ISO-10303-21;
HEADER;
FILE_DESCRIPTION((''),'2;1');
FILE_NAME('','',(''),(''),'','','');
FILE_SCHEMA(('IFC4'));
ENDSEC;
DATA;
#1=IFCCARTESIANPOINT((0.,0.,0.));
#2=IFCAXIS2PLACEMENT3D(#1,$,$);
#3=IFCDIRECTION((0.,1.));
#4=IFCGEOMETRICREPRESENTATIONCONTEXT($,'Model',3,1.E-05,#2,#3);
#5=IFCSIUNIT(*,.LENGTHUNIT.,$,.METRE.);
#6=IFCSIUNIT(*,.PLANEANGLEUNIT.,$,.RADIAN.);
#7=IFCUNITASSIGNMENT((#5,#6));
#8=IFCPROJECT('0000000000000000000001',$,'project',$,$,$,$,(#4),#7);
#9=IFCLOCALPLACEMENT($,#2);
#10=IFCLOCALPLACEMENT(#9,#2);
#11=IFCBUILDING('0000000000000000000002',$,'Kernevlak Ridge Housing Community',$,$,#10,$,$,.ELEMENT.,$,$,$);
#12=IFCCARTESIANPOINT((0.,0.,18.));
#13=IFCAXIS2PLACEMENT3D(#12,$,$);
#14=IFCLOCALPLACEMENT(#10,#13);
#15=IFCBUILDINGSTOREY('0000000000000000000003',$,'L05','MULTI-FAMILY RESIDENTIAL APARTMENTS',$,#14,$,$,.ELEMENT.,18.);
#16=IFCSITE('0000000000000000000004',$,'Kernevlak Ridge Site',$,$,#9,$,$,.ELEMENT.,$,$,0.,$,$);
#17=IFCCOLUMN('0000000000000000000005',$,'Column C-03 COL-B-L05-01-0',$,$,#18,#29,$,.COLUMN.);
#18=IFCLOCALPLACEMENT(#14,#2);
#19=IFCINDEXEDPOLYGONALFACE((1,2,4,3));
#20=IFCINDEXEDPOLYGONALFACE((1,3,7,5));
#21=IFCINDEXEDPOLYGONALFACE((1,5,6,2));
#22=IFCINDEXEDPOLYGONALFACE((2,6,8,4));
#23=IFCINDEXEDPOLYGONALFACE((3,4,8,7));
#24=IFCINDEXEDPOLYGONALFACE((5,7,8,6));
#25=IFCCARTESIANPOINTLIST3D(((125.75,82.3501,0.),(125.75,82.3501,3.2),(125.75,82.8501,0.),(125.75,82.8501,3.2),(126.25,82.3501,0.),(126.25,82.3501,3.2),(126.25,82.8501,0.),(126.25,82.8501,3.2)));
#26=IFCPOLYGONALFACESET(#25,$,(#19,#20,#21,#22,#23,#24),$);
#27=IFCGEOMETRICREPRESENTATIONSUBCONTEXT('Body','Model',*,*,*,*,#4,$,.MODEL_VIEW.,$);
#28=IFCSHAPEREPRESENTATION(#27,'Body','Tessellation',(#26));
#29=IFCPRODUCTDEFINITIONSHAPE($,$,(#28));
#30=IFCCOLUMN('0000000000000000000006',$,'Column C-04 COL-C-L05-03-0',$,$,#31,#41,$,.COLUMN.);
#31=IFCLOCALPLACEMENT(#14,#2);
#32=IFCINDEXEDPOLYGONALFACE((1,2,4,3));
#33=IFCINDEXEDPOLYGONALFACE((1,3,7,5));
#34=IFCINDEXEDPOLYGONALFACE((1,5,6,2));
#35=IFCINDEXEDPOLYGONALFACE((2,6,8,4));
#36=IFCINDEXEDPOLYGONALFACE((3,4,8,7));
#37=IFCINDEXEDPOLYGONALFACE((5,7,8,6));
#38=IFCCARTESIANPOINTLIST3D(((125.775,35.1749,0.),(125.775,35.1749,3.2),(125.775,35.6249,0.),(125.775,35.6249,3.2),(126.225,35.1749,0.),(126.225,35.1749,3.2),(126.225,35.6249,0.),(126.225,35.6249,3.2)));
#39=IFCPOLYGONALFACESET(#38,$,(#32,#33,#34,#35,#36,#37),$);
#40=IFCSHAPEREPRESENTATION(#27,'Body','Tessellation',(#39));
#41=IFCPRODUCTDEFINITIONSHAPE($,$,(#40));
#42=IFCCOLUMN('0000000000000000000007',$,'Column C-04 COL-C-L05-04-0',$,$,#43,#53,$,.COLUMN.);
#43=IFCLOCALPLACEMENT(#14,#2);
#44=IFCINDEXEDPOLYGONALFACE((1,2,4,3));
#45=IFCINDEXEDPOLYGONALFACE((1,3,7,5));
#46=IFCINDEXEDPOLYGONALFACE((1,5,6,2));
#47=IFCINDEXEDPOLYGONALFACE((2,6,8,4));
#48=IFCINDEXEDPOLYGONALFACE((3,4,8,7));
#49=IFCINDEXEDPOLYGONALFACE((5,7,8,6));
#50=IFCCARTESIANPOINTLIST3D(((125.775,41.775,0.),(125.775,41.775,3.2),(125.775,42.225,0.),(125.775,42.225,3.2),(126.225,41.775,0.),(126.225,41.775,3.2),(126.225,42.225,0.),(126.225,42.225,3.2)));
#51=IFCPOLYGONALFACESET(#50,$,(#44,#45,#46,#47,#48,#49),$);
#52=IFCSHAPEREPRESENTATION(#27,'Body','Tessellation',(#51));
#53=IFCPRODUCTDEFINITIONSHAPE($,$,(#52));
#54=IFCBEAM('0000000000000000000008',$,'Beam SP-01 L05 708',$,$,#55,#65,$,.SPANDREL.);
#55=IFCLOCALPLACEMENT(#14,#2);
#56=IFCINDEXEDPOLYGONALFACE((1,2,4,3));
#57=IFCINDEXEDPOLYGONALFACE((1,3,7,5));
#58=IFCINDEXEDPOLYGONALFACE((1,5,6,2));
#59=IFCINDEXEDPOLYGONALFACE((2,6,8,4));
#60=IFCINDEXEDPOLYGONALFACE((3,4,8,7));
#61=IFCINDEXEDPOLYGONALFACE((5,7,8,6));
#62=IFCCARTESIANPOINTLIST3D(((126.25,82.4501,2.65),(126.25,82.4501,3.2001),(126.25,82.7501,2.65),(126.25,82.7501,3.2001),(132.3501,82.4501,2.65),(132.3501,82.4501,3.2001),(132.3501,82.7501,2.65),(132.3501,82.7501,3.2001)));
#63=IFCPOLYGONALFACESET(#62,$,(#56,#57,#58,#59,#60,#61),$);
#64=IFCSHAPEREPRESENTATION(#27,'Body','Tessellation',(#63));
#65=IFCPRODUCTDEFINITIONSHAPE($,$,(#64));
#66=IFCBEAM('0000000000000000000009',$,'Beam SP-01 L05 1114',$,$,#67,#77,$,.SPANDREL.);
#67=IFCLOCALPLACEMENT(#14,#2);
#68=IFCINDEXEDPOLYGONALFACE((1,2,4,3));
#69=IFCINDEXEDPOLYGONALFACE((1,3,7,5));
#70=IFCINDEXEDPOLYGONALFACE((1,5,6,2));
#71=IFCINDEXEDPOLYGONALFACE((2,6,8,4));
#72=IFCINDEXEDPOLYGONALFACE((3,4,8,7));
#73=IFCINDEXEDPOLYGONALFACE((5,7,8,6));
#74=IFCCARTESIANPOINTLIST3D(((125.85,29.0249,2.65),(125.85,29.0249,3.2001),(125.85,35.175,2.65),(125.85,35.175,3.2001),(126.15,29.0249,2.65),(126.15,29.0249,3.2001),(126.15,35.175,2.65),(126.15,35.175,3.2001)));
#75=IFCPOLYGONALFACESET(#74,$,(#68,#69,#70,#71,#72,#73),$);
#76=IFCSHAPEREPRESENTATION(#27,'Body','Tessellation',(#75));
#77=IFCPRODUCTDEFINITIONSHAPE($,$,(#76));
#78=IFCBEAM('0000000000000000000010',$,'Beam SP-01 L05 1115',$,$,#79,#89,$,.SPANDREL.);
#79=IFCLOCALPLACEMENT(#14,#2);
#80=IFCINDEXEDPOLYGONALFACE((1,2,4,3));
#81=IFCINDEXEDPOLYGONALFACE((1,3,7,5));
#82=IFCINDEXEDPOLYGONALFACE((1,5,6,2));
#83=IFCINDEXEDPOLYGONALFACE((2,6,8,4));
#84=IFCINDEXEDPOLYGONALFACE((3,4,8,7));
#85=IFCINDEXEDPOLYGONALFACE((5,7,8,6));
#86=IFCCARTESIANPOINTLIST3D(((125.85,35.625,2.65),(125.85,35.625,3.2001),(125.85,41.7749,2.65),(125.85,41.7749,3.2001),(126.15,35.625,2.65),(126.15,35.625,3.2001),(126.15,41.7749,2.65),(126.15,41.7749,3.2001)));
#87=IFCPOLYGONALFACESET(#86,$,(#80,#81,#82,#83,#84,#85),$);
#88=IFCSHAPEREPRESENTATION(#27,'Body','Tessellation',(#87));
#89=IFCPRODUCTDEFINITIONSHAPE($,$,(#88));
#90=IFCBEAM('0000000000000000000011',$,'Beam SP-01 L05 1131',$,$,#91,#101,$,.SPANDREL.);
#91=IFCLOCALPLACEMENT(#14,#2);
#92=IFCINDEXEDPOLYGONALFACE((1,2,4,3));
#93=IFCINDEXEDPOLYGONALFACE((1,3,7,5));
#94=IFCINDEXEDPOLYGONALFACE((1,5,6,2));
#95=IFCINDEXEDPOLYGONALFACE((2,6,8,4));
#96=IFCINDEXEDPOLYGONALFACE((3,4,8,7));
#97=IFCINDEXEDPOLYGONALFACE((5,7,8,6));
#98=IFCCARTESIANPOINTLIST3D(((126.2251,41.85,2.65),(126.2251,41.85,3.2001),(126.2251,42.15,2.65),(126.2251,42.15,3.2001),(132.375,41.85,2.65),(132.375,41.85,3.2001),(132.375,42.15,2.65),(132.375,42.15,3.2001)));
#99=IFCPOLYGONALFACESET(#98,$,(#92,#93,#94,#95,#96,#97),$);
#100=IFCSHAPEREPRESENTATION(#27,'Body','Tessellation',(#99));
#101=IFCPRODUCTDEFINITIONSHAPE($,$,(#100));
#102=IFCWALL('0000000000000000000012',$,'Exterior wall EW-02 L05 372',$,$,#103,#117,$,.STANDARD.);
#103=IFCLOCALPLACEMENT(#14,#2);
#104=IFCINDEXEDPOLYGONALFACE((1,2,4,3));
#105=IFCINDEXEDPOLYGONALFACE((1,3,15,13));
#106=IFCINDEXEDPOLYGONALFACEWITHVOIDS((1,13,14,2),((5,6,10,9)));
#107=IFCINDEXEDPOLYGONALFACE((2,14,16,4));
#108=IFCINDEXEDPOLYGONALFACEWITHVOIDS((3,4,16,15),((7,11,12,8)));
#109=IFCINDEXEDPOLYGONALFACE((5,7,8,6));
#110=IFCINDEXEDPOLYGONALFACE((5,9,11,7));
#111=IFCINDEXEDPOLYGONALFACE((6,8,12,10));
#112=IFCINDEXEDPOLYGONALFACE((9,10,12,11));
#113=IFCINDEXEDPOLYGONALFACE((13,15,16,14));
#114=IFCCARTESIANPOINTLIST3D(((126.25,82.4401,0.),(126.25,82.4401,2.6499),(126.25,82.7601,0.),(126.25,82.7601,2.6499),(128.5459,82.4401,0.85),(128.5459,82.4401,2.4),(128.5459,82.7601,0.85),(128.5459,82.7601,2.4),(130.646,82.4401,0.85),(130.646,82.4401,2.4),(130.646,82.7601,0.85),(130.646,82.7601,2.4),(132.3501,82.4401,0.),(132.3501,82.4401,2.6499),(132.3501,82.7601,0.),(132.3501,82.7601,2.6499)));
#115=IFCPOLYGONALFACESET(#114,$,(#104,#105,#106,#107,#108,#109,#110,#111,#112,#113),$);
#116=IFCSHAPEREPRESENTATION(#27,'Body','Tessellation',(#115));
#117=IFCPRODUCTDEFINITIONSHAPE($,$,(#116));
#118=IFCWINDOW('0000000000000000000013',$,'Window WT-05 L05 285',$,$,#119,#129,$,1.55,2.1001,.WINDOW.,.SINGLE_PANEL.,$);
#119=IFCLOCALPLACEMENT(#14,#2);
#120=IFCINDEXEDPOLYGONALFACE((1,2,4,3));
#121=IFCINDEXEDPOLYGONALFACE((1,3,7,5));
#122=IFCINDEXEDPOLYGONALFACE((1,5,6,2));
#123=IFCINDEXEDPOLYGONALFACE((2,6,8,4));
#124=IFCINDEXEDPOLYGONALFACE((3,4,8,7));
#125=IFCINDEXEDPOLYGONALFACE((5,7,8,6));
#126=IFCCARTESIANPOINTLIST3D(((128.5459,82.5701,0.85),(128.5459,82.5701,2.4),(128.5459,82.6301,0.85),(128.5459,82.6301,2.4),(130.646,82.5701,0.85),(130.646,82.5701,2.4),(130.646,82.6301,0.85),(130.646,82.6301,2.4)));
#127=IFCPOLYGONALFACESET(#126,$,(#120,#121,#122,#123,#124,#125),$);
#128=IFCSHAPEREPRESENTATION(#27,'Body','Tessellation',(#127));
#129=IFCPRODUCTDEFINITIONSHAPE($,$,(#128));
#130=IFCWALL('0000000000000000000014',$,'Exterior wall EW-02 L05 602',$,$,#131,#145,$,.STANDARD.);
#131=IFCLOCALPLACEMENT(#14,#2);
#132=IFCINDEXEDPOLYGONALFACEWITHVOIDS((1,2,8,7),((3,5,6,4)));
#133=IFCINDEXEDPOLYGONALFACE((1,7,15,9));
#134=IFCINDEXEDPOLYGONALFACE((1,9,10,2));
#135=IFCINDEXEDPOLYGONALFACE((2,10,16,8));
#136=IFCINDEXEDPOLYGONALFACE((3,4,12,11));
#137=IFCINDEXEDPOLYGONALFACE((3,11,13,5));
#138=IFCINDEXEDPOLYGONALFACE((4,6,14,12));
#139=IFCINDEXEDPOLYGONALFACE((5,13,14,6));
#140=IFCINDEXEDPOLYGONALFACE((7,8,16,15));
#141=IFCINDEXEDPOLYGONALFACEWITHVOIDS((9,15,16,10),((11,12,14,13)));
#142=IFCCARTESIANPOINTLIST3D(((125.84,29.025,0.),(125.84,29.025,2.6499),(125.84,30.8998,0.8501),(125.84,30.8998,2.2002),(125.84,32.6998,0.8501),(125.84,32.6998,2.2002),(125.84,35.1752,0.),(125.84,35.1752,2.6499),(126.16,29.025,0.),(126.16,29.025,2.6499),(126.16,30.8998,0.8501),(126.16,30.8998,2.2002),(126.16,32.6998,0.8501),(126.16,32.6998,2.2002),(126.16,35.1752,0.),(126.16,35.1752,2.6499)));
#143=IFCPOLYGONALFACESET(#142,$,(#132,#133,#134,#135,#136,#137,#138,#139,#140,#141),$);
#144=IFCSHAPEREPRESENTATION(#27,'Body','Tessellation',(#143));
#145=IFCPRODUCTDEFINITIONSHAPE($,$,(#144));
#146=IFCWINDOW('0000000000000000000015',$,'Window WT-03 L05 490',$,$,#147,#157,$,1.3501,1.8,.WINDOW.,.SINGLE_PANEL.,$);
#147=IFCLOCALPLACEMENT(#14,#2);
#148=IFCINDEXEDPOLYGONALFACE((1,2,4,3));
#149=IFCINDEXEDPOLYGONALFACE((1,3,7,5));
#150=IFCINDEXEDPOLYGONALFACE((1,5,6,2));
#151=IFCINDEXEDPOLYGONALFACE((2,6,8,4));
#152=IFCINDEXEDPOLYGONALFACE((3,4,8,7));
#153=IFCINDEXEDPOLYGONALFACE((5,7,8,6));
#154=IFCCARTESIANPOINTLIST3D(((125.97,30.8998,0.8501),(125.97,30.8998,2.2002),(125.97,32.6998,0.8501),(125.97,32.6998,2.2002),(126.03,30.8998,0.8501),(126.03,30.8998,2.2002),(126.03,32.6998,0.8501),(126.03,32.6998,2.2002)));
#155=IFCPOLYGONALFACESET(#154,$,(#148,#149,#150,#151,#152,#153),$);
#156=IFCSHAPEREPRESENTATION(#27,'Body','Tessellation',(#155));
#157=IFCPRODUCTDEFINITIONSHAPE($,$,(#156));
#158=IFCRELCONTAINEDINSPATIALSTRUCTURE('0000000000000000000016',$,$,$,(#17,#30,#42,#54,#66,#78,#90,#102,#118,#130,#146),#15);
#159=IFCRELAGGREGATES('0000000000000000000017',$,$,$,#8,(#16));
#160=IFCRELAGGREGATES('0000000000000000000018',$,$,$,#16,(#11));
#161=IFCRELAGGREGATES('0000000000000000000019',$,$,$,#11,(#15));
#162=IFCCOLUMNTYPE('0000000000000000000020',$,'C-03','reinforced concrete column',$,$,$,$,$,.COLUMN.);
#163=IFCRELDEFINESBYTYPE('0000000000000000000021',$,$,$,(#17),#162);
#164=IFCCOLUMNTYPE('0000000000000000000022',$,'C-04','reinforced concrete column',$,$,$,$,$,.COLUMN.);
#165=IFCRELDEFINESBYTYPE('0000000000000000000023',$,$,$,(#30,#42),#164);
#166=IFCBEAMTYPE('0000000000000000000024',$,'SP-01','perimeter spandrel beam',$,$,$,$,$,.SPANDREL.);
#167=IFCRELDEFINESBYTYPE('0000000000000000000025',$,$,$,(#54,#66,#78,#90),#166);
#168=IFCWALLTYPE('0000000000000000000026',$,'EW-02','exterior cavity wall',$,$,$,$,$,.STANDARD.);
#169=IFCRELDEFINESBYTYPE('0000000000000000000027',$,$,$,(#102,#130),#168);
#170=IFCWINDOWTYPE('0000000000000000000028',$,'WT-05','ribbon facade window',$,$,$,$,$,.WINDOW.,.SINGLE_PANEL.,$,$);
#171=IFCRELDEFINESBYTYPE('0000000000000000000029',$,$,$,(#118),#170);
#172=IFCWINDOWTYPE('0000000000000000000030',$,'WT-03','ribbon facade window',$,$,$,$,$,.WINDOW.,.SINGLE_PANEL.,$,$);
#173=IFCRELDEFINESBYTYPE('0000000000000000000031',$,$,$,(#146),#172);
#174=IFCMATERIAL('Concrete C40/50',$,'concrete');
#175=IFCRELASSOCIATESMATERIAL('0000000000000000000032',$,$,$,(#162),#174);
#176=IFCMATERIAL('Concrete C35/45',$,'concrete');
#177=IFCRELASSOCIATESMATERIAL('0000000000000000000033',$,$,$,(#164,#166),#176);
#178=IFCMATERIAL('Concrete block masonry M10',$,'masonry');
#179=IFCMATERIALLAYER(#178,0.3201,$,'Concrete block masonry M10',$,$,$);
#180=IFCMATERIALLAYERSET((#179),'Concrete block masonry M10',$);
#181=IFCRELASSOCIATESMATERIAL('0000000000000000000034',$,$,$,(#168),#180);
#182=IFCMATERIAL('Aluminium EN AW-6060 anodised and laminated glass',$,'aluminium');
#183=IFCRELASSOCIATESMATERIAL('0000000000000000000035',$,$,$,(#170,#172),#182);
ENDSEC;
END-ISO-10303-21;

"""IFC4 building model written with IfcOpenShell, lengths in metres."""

from ifc_helpers import new_model, si_unit, direction, frame, frame_2d, origin, origin_2d, place, context, subcontext, project, spatial, rectangle, extrude, material, layer, layer_set, material_profile, profile_set, type_object, element, fill, save


model = new_model("IFC4")

# Units and contexts
model_context = context("Model", 3, precision=1e-05, world=origin(), true_north=direction((0.0, 1.0)))
body_context = subcontext(model_context, "Body", "Model", "MODEL_VIEW")
ifc_project = project(units=[si_unit("LENGTHUNIT", "METRE"), si_unit("PLANEANGLEUNIT", "RADIAN")], contexts=[model_context])

# Site, building, storey
site_placement = place(None, origin())
site = spatial("IfcSite", under=ifc_project, at=site_placement, Name="Kernevlak Ridge Site", CompositionType="ELEMENT", RefElevation=0.0)
building_placement = place(site_placement, origin())
building = spatial("IfcBuilding", under=site, at=building_placement, Name="Kernevlak Ridge Housing Community", CompositionType="ELEMENT")
storey_placement = place(building_placement, frame((0.0, 0.0, 18.0)))
storey = spatial("IfcBuildingStorey", under=building, at=storey_placement, Name="L05", Description="MULTI-FAMILY RESIDENTIAL APARTMENTS", CompositionType="ELEMENT", Elevation=18.0)

# Columns
ifc_material_1 = material(Name="Concrete C40/50", Category="concrete")
ifc_material_profile_1 = material_profile(ifc_material_1, rectangle(XDim=0.5, YDim=0.5, at=origin_2d()), Name="RC 500x500")
ifc_profile_set_1 = profile_set([ifc_material_profile_1], Name="Concrete C40/50")
column_type_1 = type_object("IfcColumnType", Name="C-03", Description="reinforced concrete column", PredefinedType="COLUMN", material=ifc_profile_set_1)
column_placement = place(storey_placement, frame((126.0, 82.6001, 0.0), z_axis=(0.0, 0.0, 1.0), x_axis=(1.0, 0.0, 0.0)))
element("IfcColumn", 1, at=column_placement, inside=storey, type_object=column_type_1, Name="Column C-03 COL-B-L05-01-0", PredefinedType="COLUMN", context=body_context, shape_type="SweptSolid", body=[
    extrude(rectangle(XDim=0.5, YDim=0.5, at=origin_2d()), origin(), (0.0, 0.0, 1.0), 3.2),
])
ifc_material_2 = material(Name="Concrete C35/45", Category="concrete")
ifc_material_profile_2 = material_profile(ifc_material_2, rectangle(XDim=0.45, YDim=0.45, at=origin_2d()), Name="RC 450x450")
ifc_profile_set_2 = profile_set([ifc_material_profile_2], Name="Concrete C35/45")
column_type_2 = type_object("IfcColumnType", Name="C-04", Description="reinforced concrete column", PredefinedType="COLUMN", material=ifc_profile_set_2)
for number, where, z_axis, x_axis, name in (
    (2, (126.0, 35.3999, 0.0), (0.0, 0.0, 1.0), (1.0, 0.0, 0.0), "Column C-04 COL-C-L05-03-0"),
    (3, (126.0, 42.0, 0.0), (0.0, 0.0, 1.0), (1.0, 0.0, 0.0), "Column C-04 COL-C-L05-04-0"),
):
    element("IfcColumn", number, at=place(storey_placement, frame(where, z_axis=z_axis, x_axis=x_axis)), inside=storey, type_object=column_type_2, Name=name, PredefinedType="COLUMN", context=body_context, shape_type="SweptSolid", body=[
        extrude(rectangle(XDim=0.45, YDim=0.45, at=origin_2d()), origin(), (0.0, 0.0, 1.0), 3.2),
    ])

# Beams
ifc_material_profile_3 = material_profile(ifc_material_2, rectangle(XDim=0.3, YDim=0.55, at=origin_2d()), Name="RC 300x550")
ifc_profile_set_3 = profile_set([ifc_material_profile_3], Name="Concrete C35/45")
beam_type = type_object("IfcBeamType", Name="SP-01", Description="perimeter spandrel beam", PredefinedType="SPANDREL", material=ifc_profile_set_3)
beam_1_placement = place(storey_placement, frame((126.25, 82.6001, 2.925), z_axis=(1.0, 0.0, 0.0), x_axis=(0.0, 1.0, 0.0)))
element("IfcBeam", 4, at=beam_1_placement, inside=storey, type_object=beam_type, Name="Beam SP-01 L05 708", PredefinedType="SPANDREL", context=body_context, shape_type="SweptSolid", body=[
    extrude(rectangle(XDim=0.3, YDim=0.55, at=origin_2d()), origin(), (0.0, 0.0, 1.0), 6.1001),
])
beam_2_placement = place(storey_placement, frame((126.0, 29.0249, 2.925), z_axis=(0.0, 1.0, 0.0), x_axis=(-1.0, 0.0, 0.0)))
element("IfcBeam", 5, at=beam_2_placement, inside=storey, type_object=beam_type, Name="Beam SP-01 L05 1114", PredefinedType="SPANDREL", context=body_context, shape_type="SweptSolid", body=[
    extrude(rectangle(XDim=0.3, YDim=0.55, at=origin_2d()), origin(), (0.0, 0.0, 1.0), 6.1501),
])
for number, where, z_axis, x_axis, name in (
    (6, (126.0, 35.625, 2.925), (0.0, 1.0, 0.0), (-1.0, 0.0, 0.0), "Beam SP-01 L05 1115"),
    (7, (126.2251, 42.0, 2.925), (1.0, 0.0, 0.0), (0.0, 1.0, 0.0), "Beam SP-01 L05 1131"),
):
    element("IfcBeam", number, at=place(storey_placement, frame(where, z_axis=z_axis, x_axis=x_axis)), inside=storey, type_object=beam_type, Name=name, PredefinedType="SPANDREL", context=body_context, shape_type="SweptSolid", body=[
        extrude(rectangle(XDim=0.3, YDim=0.55, at=origin_2d()), origin(), (0.0, 0.0, 1.0), 6.1499),
    ])

# Walls, openings, windows
ifc_material_3 = material(Name="Concrete block masonry M10", Category="masonry")
ifc_layer_1 = layer(ifc_material_3, 0.3201, Name="Concrete block masonry M10")
ifc_layer_set_1 = layer_set([ifc_layer_1], Name="Concrete block masonry M10")
wall_type_1 = type_object("IfcWallType", Name="EW-02", Description="exterior cavity wall", PredefinedType="STANDARD", material=ifc_layer_set_1)
wall_1_placement = place(storey_placement, frame((126.25, 82.6001, 0.0), z_axis=(0.0, 0.0, 1.0), x_axis=(1.0, 0.0, 0.0)))
wall_1 = element("IfcWall", 8, at=wall_1_placement, inside=storey, type_object=wall_type_1, Name="Exterior wall EW-02 L05 372", PredefinedType="STANDARD", context=body_context, shape_type="SweptSolid", body=[
    extrude(rectangle(XDim=6.1001, YDim=0.3201, at=frame_2d((3.05, 0.0))), origin(), (0.0, 0.0, 1.0), 2.6499),
])
opening_1_placement = place(wall_1_placement, frame((2.2959, 0.0, 0.8501)))
opening_1 = element("IfcOpeningElement", 9, at=opening_1_placement, cuts=wall_1, PredefinedType="OPENING", context=body_context, shape_type="SweptSolid", body=[
    extrude(rectangle(XDim=2.1001, YDim=1.55, at=frame_2d((1.05, 0.7749))), frame((0.0, 0.1699, 0.0), z_axis=(0.0, -1.0, 0.0), x_axis=(1.0, 0.0, 0.0)), (0.0, 0.0, 1.0), 0.3401),
])
ifc_material_4 = material(Name="Aluminium EN AW-6060 anodised and laminated glass", Category="aluminium")
window_type_1 = type_object("IfcWindowType", Name="WT-05", Description="ribbon facade window", PartitioningType="SINGLE_PANEL", PredefinedType="WINDOW", material=ifc_material_4)
window_1_placement = place(opening_1_placement, origin())
window_1 = element("IfcWindow", 10, at=window_1_placement, inside=storey, type_object=window_type_1, Name="Window WT-05 L05 285", OverallHeight=1.55, OverallWidth=2.1001, PartitioningType="SINGLE_PANEL", PredefinedType="WINDOW", context=body_context, shape_type="SweptSolid", body=[
    extrude(rectangle(XDim=2.1001, YDim=1.55, at=frame_2d((1.05, 0.7749))), frame((0.0, 0.03, 0.0), z_axis=(0.0, -1.0, 0.0), x_axis=(1.0, 0.0, 0.0)), (0.0, 0.0, 1.0), 0.0601),
])
fill(opening_1, window_1)
wall_2_placement = place(storey_placement, frame((126.0, 29.0249, 0.0), z_axis=(0.0, 0.0, 1.0), x_axis=(0.0, 1.0, 0.0)))
wall_2 = element("IfcWall", 11, at=wall_2_placement, inside=storey, type_object=wall_type_1, Name="Exterior wall EW-02 L05 602", PredefinedType="STANDARD", context=body_context, shape_type="SweptSolid", body=[
    extrude(rectangle(XDim=6.1501, YDim=0.3201, at=frame_2d((3.0752, 0.0))), origin(), (0.0, 0.0, 1.0), 2.6499),
])
opening_2_placement = place(wall_2_placement, frame((1.875, 0.0, 0.8501)))
opening_2 = element("IfcOpeningElement", 12, at=opening_2_placement, cuts=wall_2, PredefinedType="OPENING", context=body_context, shape_type="SweptSolid", body=[
    extrude(rectangle(XDim=1.8, YDim=1.3501, at=frame_2d((0.8999, 0.675))), frame((0.0, 0.1699, 0.0), z_axis=(0.0, -1.0, 0.0), x_axis=(1.0, 0.0, 0.0)), (0.0, 0.0, 1.0), 0.3401),
])
window_type_2 = type_object("IfcWindowType", Name="WT-03", Description="ribbon facade window", PartitioningType="SINGLE_PANEL", PredefinedType="WINDOW", material=ifc_material_4)
window_2_placement = place(opening_2_placement, origin())
window_2 = element("IfcWindow", 13, at=window_2_placement, inside=storey, type_object=window_type_2, Name="Window WT-03 L05 490", OverallHeight=1.3501, OverallWidth=1.8, PartitioningType="SINGLE_PANEL", PredefinedType="WINDOW", context=body_context, shape_type="SweptSolid", body=[
    extrude(rectangle(XDim=1.8, YDim=1.3501, at=frame_2d((0.8999, 0.675))), frame((0.0, 0.03, 0.0), z_axis=(0.0, -1.0, 0.0), x_axis=(1.0, 0.0, 0.0)), (0.0, 0.0, 1.0), 0.0601),
])
fill(opening_2, window_2)

save(model, "model.ifc")
